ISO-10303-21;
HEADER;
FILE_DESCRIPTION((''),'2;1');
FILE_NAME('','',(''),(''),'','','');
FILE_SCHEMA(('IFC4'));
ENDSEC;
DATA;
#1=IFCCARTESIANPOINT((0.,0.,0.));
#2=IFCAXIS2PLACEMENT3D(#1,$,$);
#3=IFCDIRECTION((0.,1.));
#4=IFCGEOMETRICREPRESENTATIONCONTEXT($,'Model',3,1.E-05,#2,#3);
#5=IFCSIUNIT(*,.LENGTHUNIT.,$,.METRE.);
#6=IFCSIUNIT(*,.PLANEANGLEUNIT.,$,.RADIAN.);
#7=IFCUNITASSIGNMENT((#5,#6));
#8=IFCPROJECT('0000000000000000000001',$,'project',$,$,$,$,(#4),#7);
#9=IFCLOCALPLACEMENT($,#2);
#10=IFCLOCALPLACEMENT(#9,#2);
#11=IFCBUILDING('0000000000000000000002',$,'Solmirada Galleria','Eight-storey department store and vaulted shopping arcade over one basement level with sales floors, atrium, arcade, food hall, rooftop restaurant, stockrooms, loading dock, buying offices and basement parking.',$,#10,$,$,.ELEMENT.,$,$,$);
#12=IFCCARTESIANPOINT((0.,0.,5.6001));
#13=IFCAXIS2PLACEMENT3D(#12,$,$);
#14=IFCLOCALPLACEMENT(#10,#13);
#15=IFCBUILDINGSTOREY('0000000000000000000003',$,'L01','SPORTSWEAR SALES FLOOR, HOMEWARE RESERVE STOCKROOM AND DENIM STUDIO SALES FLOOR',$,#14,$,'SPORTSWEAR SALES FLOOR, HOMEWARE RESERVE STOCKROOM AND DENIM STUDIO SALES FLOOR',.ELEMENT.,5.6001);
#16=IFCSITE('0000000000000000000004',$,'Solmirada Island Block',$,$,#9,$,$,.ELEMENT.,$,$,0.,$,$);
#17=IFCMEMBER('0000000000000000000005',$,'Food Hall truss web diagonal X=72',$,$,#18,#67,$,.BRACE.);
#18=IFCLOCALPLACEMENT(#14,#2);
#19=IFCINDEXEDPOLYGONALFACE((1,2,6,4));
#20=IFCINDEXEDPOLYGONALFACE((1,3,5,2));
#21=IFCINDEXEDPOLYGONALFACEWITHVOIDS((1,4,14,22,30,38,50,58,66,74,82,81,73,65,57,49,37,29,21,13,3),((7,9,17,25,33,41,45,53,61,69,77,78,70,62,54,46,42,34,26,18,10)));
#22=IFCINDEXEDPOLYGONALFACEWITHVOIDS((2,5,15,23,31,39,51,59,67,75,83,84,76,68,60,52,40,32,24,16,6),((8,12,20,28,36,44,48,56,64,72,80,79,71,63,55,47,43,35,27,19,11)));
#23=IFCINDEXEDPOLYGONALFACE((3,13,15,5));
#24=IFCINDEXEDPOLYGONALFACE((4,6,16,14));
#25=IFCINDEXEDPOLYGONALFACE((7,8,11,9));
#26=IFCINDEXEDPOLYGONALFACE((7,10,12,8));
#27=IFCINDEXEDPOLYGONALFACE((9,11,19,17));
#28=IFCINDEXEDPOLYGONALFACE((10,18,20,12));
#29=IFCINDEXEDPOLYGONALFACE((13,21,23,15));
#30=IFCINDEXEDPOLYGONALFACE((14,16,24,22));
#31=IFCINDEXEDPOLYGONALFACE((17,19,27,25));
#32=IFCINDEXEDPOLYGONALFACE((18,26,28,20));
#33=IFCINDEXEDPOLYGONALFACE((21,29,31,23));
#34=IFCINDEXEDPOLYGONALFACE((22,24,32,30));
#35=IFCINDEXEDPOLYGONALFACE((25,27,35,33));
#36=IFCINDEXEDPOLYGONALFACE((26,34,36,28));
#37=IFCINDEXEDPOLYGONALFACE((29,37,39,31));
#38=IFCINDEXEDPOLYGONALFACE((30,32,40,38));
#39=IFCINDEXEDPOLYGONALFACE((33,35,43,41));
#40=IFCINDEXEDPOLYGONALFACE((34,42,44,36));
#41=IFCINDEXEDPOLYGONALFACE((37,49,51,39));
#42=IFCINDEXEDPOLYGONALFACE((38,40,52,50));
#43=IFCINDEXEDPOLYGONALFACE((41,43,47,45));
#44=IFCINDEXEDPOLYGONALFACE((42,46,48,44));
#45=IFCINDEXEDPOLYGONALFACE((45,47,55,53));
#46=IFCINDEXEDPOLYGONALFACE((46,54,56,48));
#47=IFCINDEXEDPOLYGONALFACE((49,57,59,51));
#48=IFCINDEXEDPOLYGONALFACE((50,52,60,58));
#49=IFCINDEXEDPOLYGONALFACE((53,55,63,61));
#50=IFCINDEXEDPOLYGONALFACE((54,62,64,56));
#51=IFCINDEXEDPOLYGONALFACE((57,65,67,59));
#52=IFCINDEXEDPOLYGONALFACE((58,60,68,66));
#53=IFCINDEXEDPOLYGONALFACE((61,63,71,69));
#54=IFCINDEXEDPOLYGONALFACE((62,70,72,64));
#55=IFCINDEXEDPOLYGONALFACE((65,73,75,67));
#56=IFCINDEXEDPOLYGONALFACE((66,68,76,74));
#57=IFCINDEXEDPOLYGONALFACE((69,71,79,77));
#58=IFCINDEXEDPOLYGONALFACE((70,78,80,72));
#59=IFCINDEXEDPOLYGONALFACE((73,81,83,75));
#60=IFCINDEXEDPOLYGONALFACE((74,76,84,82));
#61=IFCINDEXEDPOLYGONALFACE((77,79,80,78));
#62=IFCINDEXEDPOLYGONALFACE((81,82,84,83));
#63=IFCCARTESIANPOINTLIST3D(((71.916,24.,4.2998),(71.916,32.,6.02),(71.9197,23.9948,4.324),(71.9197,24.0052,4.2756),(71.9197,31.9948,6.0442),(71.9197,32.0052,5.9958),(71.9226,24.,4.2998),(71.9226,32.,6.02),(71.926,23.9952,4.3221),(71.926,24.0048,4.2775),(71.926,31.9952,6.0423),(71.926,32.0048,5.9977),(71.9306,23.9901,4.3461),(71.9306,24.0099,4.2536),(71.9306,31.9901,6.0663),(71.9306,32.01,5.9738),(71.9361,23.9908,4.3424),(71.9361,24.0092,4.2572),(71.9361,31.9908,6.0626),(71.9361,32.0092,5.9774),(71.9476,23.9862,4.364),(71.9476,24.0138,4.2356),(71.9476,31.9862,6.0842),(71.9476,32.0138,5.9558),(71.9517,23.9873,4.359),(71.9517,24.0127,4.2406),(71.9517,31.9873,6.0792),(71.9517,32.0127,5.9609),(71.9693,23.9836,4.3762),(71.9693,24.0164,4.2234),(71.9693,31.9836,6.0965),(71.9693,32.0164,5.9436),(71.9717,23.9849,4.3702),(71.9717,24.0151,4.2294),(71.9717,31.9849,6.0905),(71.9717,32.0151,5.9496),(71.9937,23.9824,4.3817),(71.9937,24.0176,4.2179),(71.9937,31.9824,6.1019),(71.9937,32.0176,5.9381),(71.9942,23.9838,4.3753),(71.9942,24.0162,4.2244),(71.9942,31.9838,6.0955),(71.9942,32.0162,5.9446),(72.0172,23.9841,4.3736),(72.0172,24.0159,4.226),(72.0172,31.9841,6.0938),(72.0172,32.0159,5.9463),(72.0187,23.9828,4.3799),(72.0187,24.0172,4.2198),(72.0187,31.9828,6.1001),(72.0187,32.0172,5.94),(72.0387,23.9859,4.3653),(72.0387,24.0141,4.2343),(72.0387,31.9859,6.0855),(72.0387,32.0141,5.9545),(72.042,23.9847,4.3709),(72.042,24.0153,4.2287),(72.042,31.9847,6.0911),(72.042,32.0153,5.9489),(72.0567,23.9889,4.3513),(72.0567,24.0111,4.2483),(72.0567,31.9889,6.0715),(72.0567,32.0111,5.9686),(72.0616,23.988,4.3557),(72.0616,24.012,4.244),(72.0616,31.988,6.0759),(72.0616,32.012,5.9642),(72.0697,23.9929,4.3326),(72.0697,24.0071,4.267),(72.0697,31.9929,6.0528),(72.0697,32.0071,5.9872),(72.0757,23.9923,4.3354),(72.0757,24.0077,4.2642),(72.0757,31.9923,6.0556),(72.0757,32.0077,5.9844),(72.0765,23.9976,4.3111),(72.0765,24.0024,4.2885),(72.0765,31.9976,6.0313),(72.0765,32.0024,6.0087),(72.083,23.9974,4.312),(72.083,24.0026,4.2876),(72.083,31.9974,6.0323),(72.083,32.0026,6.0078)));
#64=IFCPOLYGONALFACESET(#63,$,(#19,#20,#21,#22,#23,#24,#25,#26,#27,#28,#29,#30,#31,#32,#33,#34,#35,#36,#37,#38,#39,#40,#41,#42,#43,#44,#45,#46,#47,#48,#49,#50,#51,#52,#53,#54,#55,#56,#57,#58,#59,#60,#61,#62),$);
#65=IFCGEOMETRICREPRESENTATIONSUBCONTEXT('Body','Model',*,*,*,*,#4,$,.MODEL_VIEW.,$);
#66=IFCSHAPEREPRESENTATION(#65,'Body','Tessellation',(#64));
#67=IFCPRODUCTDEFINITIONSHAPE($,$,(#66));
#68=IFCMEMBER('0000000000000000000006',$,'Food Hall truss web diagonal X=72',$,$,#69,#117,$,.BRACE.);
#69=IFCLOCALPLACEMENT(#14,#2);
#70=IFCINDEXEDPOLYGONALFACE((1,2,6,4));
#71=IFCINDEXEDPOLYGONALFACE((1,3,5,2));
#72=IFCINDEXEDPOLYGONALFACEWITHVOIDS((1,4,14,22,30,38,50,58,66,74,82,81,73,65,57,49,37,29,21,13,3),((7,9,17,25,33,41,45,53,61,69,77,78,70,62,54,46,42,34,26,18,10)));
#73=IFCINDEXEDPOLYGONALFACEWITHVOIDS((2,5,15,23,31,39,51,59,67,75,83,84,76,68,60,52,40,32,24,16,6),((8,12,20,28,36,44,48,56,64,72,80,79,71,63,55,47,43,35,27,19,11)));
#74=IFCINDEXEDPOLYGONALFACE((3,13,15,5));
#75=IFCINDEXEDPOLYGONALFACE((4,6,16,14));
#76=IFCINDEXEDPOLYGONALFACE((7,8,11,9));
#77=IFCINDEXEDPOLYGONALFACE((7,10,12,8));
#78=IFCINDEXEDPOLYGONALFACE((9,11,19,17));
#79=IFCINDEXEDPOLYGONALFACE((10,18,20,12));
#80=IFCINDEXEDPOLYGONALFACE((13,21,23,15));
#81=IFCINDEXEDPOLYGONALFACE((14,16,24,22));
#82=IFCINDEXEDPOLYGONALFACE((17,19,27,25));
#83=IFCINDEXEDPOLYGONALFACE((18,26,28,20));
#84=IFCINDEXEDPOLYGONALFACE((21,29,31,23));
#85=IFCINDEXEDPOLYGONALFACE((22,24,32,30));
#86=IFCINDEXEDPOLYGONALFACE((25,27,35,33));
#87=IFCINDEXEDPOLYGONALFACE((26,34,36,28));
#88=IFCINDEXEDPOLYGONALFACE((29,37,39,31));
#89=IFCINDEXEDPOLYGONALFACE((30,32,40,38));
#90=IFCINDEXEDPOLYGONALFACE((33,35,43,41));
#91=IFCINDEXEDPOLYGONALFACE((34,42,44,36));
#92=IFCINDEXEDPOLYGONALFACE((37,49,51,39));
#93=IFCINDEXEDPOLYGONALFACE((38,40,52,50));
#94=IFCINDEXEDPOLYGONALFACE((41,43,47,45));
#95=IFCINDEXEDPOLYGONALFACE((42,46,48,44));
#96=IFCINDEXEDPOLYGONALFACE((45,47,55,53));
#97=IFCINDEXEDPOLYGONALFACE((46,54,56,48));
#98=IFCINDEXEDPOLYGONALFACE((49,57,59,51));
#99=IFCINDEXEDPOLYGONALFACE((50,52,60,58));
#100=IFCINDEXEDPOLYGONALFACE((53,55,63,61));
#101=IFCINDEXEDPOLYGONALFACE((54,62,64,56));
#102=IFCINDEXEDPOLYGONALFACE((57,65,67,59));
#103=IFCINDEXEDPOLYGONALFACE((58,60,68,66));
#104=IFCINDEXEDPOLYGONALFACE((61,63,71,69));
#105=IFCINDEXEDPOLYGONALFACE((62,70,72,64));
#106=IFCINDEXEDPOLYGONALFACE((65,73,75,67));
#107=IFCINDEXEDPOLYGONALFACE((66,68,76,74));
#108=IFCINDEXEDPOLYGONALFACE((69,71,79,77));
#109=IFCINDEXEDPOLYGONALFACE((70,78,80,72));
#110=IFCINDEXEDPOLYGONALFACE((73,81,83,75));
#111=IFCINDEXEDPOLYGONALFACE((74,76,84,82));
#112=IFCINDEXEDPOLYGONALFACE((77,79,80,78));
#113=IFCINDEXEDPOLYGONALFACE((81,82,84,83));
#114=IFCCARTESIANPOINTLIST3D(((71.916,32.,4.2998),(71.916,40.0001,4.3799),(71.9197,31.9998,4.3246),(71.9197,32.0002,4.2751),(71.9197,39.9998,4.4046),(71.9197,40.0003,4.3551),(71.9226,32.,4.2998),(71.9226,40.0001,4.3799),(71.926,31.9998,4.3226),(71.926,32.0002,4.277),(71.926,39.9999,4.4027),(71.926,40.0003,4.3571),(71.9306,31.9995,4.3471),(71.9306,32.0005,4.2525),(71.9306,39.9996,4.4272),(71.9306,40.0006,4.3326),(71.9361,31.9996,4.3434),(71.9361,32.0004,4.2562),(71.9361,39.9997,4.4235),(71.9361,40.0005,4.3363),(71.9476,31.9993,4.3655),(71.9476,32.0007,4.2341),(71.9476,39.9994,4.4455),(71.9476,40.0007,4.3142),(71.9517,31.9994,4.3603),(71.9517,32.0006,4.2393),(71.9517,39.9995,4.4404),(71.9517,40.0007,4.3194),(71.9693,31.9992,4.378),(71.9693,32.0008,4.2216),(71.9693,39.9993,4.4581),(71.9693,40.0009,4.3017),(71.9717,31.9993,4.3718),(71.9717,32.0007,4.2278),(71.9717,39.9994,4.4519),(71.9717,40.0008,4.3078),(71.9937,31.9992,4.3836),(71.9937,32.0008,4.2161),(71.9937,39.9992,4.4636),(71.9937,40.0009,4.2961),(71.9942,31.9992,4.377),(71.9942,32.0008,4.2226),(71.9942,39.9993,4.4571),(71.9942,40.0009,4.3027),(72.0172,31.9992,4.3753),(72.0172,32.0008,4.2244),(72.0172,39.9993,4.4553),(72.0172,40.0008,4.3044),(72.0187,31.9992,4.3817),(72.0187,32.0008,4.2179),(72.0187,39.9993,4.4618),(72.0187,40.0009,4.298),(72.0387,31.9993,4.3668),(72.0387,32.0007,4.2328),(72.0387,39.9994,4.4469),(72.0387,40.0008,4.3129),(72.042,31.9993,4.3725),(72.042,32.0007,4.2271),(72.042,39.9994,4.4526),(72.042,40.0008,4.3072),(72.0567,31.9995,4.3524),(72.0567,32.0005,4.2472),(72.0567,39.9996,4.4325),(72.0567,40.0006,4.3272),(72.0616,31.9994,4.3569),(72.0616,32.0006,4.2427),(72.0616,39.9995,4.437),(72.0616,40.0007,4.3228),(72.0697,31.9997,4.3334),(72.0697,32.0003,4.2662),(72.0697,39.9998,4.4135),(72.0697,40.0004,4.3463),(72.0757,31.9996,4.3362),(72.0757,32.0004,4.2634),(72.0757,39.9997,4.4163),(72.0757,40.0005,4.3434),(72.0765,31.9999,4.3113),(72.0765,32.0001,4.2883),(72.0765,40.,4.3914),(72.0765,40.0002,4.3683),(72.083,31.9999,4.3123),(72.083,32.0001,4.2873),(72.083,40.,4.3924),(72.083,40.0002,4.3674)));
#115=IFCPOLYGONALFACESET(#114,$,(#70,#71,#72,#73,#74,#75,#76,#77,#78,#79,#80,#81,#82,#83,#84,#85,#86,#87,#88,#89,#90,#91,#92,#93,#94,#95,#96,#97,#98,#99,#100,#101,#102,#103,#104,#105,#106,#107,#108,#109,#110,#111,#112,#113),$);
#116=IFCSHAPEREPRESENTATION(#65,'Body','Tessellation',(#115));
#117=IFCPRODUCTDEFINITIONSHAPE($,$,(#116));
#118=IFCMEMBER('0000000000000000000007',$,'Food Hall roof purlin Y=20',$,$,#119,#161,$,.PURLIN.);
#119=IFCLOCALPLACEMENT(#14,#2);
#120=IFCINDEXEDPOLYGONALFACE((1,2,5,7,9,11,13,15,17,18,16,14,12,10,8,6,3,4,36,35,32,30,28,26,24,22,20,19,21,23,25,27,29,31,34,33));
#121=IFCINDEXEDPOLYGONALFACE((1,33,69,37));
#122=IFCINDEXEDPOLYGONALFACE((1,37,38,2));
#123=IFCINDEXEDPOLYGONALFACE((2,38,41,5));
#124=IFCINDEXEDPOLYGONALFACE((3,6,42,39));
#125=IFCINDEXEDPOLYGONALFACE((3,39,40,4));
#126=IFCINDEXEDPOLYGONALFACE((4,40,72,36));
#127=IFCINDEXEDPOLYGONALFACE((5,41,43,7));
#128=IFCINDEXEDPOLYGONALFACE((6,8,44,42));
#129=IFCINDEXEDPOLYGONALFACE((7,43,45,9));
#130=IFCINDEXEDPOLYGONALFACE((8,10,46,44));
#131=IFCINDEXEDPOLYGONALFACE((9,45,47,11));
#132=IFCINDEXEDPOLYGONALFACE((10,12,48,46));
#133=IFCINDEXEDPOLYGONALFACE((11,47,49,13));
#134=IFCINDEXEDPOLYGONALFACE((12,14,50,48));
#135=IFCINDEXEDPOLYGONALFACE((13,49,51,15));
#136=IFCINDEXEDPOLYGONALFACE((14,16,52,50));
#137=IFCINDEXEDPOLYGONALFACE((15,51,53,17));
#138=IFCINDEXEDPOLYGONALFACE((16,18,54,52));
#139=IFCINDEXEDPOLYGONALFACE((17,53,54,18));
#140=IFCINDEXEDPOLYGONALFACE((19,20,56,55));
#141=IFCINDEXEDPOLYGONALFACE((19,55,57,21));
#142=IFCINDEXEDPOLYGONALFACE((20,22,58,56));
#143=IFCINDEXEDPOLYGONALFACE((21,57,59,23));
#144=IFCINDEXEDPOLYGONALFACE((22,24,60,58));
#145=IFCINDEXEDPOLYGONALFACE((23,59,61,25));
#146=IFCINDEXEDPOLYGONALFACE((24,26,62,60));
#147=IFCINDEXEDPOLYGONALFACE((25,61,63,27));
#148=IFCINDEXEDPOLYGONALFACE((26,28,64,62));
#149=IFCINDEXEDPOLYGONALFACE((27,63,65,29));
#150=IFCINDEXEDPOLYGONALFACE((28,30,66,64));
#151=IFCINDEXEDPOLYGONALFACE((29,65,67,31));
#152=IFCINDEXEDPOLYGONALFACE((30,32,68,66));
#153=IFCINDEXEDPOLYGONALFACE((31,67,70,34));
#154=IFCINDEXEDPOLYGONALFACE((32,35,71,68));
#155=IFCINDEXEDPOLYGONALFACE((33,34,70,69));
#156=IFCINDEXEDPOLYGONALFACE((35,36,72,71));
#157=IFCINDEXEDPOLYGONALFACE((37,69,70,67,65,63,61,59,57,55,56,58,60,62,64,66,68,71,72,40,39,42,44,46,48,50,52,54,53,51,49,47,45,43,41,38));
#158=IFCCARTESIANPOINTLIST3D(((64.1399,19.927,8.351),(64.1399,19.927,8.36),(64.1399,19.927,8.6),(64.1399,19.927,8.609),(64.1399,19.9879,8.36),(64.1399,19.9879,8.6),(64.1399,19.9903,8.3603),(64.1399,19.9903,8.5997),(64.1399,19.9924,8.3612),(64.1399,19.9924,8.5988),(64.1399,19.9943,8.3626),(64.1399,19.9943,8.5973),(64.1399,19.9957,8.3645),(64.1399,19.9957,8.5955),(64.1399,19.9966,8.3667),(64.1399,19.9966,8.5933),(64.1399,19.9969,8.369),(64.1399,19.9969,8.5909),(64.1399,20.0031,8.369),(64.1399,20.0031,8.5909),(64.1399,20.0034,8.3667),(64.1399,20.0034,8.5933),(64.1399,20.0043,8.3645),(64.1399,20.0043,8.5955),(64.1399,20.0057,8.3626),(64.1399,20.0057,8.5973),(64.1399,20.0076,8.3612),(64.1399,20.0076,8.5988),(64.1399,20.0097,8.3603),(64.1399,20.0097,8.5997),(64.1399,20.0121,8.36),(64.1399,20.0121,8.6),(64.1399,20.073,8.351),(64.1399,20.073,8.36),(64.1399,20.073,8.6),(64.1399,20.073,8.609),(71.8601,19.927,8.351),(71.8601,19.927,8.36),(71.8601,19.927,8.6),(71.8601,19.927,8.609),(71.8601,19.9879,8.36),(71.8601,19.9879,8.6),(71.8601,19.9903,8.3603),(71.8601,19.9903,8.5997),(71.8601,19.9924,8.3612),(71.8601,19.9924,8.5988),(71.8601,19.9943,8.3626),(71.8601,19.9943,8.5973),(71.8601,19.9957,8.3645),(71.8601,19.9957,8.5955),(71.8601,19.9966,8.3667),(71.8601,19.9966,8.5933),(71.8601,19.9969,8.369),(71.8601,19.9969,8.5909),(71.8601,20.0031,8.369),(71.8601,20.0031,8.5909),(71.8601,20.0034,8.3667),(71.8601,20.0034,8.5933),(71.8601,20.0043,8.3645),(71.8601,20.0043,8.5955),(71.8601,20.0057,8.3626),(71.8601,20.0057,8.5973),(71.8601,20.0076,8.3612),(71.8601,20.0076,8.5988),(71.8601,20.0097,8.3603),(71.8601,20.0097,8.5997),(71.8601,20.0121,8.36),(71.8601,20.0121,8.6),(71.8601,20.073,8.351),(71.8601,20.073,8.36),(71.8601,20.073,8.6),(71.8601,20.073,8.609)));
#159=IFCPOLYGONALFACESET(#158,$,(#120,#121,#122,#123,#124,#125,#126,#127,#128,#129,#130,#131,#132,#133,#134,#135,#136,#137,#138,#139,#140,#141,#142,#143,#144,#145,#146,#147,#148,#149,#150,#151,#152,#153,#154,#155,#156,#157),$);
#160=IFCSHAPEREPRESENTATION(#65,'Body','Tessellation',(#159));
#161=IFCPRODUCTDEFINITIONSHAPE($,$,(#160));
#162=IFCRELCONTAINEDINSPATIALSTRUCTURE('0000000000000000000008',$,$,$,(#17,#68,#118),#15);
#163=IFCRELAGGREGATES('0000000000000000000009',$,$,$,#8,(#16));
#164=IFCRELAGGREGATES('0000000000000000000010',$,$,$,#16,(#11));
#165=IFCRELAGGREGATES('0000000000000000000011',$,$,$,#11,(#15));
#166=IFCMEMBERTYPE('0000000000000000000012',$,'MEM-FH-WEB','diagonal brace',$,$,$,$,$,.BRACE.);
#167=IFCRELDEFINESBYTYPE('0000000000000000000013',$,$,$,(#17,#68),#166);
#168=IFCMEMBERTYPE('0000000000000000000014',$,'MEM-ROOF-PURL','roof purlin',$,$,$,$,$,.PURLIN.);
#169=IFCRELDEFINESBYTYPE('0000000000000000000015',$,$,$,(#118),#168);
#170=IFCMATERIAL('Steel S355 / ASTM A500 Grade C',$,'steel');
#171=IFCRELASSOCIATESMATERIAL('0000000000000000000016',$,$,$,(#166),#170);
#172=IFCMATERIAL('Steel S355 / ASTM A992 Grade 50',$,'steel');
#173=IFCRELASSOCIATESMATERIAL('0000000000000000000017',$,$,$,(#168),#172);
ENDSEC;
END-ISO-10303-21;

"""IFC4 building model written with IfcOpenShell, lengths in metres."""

from ifc_helpers import new_model, si_unit, direction, frame, origin, origin_2d, place, context, subcontext, project, spatial, hollow_circle, i_section, extrude, material, material_profile, profile_set, type_object, element, save


model = new_model("IFC4")

# Units and contexts
model_context = context("Model", 3, precision=1e-05, world=origin(), true_north=direction((0.0, 1.0)))
body_context = subcontext(model_context, "Body", "Model", "MODEL_VIEW")
ifc_project = project(units=[si_unit("LENGTHUNIT", "METRE"), si_unit("PLANEANGLEUNIT", "RADIAN")], contexts=[model_context])

# Site, building, storey
site_placement = place(None, origin())
site = spatial("IfcSite", under=ifc_project, at=site_placement, Name="Solmirada Island Block", CompositionType="ELEMENT", RefElevation=0.0)
building_placement = place(site_placement, origin())
building = spatial("IfcBuilding", under=site, at=building_placement, Name="Solmirada Galleria", Description="Eight-storey department store and vaulted shopping arcade over one basement level with sales floors, atrium, arcade, food hall, rooftop restaurant, stockrooms, loading dock, buying offices and basement parking.", CompositionType="ELEMENT")
storey_placement = place(building_placement, frame((0.0, 0.0, 5.6001)))
storey = spatial("IfcBuildingStorey", under=building, at=storey_placement, Name="L01", Description="SPORTSWEAR SALES FLOOR, HOMEWARE RESERVE STOCKROOM AND DENIM STUDIO SALES FLOOR", LongName="SPORTSWEAR SALES FLOOR, HOMEWARE RESERVE STOCKROOM AND DENIM STUDIO SALES FLOOR", CompositionType="ELEMENT", Elevation=5.6001)

# Shared definitions
ifc_material_1 = material(Name="Steel S355 / ASTM A500 Grade C", Category="steel")

# Shared definitions
ifc_material_2 = material(Name="Steel S355 / ASTM A992 Grade 50", Category="steel")

# Members
ifc_material_profile_1 = material_profile(ifc_material_1, hollow_circle(Radius=0.084, WallThickness=0.0066, at=origin_2d()), Name="HSS6.625X0.280")
ifc_profile_set_1 = profile_set([ifc_material_profile_1], Name="Steel S355 / ASTM A500 Grade C")
member_type_1 = type_object("IfcMemberType", Name="MEM-FH-WEB", Description="diagonal brace", PredefinedType="BRACE", material=ifc_profile_set_1)
member_1_placement = place(storey_placement, frame((72.0, 24.0, 4.2998), z_axis=(0.0, 0.977654, 0.210222), x_axis=(-1.0, 0.0, 0.0)))
element("IfcMember", 1, at=member_1_placement, inside=storey, type_object=member_type_1, Name="Food Hall truss web diagonal X=72", PredefinedType="BRACE", context=body_context, shape_type="SweptSolid", body=[
    extrude(hollow_circle(Radius=0.084, WallThickness=0.0066, at=origin_2d()), origin(), (0.0, 0.0, 1.0), 8.1829),
])
member_2_placement = place(storey_placement, frame((72.0, 32.0, 4.2998), z_axis=(0.0, 0.99995, 0.010009), x_axis=(-1.0, 0.0, 0.0)))
element("IfcMember", 2, at=member_2_placement, inside=storey, type_object=member_type_1, Name="Food Hall truss web diagonal X=72", PredefinedType="BRACE", context=body_context, shape_type="SweptSolid", body=[
    extrude(hollow_circle(Radius=0.084, WallThickness=0.0066, at=origin_2d()), origin(), (0.0, 0.0, 1.0), 8.0005),
])
ifc_material_profile_2 = material_profile(ifc_material_2, i_section(OverallWidth=0.146, OverallDepth=0.2581, WebThickness=0.0061, FlangeThickness=0.009, FilletRadius=0.009, at=origin_2d()), Name="W10X22")
ifc_profile_set_2 = profile_set([ifc_material_profile_2], Name="Steel S355 / ASTM A992 Grade 50")
member_type_2 = type_object("IfcMemberType", Name="MEM-ROOF-PURL", Description="roof purlin", PredefinedType="PURLIN", material=ifc_profile_set_2)
for number, where, z_axis, x_axis, name in (
    (3, (64.1399, 20.0, 8.48), (1.0, 0.0, 0.0), (0.0, 1.0, 0.0), "Food Hall roof purlin Y=20"),
):
    element("IfcMember", number, at=place(storey_placement, frame(where, z_axis=z_axis, x_axis=x_axis)), inside=storey, type_object=member_type_2, Name=name, PredefinedType="PURLIN", context=body_context, shape_type="SweptSolid", body=[
        extrude(i_section(OverallWidth=0.146, OverallDepth=0.2581, WebThickness=0.0061, FlangeThickness=0.009, FilletRadius=0.009, at=origin_2d()), origin(), (0.0, 0.0, 1.0), 7.7202),
    ])

save(model, "model.ifc")
